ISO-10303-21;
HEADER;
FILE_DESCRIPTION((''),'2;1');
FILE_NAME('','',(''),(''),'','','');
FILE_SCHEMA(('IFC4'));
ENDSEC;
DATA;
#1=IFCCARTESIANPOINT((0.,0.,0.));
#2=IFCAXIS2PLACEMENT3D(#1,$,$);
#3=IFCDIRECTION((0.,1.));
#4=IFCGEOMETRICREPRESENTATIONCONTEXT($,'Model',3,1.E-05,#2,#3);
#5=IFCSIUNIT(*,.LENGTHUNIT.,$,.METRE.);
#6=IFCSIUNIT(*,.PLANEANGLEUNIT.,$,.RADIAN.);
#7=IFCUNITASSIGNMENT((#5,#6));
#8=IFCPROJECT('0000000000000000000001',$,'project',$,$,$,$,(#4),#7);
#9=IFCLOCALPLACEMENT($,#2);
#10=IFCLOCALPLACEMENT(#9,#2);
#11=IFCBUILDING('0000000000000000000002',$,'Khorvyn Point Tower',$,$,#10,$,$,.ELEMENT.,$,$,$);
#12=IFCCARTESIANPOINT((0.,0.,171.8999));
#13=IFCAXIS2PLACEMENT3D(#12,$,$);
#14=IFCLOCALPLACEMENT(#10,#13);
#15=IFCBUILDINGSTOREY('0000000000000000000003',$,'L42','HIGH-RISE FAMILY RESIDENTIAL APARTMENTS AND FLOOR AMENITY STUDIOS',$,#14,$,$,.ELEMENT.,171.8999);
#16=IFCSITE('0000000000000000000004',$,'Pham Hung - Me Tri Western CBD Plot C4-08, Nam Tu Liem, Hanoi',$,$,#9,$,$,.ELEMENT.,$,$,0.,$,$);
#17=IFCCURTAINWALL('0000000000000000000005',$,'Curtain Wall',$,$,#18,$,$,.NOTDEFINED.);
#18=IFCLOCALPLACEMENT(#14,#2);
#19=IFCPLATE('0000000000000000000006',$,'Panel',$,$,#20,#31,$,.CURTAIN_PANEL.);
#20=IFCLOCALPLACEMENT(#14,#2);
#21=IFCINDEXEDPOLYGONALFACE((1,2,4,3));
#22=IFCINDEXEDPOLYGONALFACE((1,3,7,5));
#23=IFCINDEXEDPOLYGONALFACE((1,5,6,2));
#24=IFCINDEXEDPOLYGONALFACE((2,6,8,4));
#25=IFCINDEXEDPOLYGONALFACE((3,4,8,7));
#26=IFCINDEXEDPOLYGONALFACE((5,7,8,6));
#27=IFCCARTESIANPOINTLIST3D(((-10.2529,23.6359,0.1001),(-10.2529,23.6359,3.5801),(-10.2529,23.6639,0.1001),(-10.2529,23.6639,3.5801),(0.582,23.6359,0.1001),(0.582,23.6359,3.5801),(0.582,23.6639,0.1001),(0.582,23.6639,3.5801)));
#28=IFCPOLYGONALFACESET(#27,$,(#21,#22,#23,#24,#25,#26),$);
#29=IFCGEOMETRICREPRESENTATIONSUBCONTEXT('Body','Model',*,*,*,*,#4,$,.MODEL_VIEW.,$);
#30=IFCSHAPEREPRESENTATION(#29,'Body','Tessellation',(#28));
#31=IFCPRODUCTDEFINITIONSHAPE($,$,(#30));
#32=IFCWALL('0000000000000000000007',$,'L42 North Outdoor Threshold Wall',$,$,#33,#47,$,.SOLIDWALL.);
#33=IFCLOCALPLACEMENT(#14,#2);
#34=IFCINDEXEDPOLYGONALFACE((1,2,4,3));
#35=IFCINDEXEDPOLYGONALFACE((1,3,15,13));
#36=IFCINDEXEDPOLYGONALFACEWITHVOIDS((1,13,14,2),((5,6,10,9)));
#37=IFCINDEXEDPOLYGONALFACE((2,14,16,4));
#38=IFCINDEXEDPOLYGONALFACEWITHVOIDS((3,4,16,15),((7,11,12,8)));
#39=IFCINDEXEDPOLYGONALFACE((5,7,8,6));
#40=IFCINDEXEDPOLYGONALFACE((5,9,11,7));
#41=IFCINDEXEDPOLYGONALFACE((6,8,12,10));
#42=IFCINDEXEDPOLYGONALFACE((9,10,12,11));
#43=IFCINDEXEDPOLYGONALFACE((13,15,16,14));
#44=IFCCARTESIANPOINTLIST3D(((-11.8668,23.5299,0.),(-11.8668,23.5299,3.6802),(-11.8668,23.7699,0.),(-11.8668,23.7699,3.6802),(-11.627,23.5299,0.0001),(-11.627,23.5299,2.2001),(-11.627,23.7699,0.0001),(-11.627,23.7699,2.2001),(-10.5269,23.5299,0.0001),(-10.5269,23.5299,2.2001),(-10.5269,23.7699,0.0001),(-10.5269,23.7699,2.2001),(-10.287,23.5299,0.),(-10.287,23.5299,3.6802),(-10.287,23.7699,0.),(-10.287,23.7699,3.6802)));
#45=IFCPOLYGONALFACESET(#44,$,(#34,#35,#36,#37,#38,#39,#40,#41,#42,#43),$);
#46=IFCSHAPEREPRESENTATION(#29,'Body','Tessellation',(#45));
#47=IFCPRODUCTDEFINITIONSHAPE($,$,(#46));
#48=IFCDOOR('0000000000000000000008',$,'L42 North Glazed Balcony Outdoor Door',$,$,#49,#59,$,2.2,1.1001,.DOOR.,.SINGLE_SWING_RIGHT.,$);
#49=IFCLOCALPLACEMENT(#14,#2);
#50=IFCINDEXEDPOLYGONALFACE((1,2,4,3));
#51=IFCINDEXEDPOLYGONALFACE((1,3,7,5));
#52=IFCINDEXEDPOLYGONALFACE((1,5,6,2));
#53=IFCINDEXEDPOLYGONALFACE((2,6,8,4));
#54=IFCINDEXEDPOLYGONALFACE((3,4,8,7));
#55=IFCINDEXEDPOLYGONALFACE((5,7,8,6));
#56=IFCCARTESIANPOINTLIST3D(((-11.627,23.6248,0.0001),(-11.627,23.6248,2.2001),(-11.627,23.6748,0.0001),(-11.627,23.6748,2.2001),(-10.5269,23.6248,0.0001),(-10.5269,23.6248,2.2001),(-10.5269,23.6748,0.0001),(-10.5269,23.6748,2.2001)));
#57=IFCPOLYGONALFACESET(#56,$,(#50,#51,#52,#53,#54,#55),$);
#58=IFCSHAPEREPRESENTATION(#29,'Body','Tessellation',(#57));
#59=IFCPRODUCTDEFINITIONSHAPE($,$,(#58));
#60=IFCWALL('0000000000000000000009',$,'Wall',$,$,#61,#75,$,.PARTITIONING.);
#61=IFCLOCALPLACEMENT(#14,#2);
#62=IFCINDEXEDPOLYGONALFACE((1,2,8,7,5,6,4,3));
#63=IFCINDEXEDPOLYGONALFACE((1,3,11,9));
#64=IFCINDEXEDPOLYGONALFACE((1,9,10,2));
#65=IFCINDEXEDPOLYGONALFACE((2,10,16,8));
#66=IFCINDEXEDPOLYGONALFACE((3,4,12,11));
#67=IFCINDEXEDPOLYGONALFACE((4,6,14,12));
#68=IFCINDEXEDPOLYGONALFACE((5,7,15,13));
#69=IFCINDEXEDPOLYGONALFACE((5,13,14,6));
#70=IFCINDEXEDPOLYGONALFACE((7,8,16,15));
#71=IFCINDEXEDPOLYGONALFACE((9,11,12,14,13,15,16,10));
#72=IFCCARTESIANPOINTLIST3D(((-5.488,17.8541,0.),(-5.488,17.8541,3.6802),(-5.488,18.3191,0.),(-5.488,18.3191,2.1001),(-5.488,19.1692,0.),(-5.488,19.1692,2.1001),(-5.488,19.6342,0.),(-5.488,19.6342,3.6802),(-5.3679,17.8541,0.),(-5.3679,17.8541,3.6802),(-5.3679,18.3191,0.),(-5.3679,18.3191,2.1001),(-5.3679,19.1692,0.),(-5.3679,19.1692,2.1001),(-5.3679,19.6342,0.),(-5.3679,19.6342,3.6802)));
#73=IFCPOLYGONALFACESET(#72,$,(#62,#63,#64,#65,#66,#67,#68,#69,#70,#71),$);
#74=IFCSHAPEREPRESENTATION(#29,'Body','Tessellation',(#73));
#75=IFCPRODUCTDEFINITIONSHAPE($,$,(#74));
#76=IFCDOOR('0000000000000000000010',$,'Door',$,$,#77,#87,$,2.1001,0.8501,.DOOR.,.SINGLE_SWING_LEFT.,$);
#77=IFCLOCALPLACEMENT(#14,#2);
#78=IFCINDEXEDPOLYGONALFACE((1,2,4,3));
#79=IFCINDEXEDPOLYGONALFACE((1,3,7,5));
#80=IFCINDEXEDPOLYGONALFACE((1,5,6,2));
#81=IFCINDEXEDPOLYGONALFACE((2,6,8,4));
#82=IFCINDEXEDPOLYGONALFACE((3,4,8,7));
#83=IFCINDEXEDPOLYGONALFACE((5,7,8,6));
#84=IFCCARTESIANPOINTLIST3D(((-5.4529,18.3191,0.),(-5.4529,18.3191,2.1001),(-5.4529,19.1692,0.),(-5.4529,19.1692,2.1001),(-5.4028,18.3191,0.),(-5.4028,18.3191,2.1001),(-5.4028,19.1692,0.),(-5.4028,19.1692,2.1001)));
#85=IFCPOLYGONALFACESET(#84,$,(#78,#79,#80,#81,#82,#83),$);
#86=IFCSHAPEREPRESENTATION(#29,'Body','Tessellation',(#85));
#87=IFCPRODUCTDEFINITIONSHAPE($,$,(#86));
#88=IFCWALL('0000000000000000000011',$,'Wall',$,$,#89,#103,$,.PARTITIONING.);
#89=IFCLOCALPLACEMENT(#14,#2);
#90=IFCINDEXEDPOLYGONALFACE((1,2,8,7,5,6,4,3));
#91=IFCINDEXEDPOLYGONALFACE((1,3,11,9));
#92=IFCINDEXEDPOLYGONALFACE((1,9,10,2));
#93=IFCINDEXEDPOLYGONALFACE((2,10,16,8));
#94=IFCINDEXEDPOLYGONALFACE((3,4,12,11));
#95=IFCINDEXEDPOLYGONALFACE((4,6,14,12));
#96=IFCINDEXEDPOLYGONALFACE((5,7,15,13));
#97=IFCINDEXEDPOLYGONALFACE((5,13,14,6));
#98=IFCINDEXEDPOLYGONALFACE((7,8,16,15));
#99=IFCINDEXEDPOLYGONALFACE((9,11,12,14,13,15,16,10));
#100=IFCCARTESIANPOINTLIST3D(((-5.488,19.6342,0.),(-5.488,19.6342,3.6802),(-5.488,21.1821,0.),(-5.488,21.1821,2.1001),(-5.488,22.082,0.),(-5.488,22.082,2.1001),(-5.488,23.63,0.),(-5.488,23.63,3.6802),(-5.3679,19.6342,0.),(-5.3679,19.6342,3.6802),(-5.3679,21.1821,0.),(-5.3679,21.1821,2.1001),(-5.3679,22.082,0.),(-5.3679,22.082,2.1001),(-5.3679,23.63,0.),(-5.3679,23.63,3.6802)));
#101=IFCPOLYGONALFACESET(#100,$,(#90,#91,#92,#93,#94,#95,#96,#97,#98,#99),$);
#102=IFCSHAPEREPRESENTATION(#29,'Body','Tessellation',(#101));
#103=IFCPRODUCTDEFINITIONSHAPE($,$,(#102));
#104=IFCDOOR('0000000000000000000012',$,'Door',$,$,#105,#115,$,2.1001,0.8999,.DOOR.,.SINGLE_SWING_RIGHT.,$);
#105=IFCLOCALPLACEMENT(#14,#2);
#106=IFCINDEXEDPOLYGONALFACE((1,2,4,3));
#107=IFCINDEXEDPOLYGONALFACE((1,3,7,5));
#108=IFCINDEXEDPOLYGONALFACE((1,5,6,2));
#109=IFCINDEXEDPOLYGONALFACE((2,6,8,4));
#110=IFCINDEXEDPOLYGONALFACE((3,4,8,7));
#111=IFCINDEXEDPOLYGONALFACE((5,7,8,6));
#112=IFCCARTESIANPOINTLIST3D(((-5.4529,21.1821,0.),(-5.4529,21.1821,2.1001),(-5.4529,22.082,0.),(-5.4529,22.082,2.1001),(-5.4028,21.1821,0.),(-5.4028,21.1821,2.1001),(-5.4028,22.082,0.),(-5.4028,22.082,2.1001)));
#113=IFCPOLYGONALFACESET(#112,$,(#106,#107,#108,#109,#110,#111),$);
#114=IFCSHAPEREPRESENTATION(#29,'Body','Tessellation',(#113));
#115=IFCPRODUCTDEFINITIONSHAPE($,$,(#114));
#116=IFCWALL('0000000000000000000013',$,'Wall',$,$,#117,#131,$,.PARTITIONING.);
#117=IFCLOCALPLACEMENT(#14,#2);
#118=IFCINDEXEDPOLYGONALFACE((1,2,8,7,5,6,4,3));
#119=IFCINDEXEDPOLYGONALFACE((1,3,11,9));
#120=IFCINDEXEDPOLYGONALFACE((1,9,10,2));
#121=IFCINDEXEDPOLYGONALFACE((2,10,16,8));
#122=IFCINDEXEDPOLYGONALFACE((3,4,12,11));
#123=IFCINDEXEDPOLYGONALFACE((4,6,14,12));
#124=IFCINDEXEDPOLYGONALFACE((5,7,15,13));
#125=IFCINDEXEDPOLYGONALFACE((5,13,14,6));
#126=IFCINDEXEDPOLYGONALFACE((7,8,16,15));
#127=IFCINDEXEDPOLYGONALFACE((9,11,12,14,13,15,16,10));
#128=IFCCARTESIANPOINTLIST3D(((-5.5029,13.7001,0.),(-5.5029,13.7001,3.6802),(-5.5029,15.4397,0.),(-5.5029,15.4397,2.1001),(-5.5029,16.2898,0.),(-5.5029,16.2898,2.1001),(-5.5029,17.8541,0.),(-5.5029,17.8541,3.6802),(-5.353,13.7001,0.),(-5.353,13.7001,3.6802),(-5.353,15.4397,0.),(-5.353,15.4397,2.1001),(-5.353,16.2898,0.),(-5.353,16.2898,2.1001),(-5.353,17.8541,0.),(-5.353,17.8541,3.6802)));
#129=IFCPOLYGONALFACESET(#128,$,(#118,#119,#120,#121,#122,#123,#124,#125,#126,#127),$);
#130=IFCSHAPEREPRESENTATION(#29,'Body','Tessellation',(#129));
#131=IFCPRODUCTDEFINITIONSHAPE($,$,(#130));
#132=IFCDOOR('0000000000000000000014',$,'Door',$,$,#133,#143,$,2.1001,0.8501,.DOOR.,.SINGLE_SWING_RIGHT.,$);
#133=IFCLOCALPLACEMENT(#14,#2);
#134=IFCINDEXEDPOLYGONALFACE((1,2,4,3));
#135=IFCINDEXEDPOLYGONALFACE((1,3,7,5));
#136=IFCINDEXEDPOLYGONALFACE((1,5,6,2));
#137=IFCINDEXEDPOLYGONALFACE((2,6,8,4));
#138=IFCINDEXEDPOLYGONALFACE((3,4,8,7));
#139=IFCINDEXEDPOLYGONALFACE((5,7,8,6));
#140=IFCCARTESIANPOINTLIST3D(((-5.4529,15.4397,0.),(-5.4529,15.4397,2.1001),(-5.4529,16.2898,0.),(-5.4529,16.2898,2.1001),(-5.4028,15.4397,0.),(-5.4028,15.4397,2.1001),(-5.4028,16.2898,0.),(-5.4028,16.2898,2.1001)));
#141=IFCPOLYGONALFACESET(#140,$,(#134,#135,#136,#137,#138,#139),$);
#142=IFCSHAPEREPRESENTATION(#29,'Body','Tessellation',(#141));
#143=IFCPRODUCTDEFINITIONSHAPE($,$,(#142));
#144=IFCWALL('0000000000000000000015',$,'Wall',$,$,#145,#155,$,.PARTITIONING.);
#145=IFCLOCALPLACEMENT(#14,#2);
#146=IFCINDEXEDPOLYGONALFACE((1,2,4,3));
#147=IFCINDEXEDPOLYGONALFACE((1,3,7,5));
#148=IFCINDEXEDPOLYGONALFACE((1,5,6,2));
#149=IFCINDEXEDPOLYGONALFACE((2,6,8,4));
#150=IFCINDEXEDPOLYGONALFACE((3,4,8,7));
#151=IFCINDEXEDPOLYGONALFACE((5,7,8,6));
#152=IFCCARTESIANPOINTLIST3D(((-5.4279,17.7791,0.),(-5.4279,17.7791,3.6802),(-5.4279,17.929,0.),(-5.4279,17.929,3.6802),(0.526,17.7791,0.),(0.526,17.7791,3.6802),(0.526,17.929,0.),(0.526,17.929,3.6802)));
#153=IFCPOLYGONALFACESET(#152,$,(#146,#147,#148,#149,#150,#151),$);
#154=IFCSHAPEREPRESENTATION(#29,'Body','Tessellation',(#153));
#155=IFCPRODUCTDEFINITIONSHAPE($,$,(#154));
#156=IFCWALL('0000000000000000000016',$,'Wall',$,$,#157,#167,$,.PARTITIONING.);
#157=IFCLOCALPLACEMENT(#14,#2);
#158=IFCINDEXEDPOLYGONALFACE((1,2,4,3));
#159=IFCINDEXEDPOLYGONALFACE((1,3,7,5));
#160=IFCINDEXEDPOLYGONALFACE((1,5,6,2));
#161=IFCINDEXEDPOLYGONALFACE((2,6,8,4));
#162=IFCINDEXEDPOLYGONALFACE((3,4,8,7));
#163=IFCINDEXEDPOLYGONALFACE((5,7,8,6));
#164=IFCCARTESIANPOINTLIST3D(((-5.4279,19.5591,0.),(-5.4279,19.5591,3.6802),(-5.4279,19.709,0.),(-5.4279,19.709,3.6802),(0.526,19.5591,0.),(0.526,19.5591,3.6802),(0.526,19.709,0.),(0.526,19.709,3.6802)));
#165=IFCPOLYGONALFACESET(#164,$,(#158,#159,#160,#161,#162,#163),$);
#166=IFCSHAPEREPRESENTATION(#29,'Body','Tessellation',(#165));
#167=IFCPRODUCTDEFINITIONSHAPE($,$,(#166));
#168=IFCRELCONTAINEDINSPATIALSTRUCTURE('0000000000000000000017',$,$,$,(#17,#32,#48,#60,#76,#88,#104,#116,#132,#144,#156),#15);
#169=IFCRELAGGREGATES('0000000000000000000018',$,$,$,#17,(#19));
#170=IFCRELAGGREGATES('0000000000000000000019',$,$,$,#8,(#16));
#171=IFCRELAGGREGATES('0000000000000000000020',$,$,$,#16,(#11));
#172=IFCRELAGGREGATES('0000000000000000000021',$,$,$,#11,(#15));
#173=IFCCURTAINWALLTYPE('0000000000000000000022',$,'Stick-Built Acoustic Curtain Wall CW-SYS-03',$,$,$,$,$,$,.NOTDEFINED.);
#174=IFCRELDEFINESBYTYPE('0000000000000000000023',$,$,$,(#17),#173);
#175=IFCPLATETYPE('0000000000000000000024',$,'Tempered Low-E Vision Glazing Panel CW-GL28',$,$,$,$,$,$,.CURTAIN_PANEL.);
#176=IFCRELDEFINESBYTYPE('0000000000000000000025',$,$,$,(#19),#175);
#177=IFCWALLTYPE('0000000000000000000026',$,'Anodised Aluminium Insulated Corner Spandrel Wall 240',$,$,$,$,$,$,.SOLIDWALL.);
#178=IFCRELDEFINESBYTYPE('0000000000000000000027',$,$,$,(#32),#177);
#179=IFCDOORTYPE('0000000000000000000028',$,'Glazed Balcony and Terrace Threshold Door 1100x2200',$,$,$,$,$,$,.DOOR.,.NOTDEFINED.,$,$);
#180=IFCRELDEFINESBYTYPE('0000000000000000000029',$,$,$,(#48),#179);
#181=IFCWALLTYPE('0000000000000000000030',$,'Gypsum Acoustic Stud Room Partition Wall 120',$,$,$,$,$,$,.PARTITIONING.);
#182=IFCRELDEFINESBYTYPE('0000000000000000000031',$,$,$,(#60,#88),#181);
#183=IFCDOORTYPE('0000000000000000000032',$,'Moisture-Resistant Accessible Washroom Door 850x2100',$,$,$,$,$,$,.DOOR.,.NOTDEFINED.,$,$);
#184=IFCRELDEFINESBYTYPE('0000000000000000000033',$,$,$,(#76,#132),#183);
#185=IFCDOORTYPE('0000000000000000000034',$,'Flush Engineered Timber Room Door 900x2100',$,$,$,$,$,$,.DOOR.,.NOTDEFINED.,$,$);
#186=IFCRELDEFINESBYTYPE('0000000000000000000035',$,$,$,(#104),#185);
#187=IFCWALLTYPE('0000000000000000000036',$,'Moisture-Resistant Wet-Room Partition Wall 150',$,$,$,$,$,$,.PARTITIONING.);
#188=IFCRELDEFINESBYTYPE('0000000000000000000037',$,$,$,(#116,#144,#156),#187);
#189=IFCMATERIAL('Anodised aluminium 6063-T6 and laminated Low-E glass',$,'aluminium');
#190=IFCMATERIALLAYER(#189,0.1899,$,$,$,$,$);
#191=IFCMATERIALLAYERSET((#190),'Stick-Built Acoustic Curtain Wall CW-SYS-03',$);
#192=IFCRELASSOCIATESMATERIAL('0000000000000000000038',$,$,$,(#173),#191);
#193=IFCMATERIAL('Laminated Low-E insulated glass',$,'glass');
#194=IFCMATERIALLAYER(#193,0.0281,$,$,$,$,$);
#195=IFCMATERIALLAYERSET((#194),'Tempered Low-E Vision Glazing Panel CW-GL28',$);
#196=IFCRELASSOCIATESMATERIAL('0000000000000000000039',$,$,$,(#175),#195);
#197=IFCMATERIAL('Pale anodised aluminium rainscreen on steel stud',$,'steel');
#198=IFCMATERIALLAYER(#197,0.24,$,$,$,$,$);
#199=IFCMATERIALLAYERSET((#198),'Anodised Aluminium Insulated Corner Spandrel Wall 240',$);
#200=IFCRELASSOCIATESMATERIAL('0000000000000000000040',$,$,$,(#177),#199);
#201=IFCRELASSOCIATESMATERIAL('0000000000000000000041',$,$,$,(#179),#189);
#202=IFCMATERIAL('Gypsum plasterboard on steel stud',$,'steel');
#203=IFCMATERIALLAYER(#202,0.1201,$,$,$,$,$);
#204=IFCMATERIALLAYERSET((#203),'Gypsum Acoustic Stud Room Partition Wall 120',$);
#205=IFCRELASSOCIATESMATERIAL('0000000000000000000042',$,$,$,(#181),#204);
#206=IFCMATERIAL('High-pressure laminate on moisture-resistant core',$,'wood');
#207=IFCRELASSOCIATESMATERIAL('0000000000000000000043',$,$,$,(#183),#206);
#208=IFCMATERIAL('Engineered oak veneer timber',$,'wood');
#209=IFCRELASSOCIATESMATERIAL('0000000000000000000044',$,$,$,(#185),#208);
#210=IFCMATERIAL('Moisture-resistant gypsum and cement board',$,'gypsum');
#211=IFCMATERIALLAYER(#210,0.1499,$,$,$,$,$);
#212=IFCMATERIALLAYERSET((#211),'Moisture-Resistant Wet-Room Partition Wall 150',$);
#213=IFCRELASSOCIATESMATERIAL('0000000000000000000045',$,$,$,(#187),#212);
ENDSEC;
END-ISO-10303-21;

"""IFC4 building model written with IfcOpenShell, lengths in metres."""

from ifc_helpers import new_model, si_unit, direction, frame, frame_2d, origin, origin_2d, place, context, subcontext, project, spatial, rectangle, extrude, material, layer, layer_set, type_object, element, fill, aggregate, save


model = new_model("IFC4")

# Units and contexts
model_context = context("Model", 3, precision=1e-05, world=origin(), true_north=direction((0.0, 1.0)))
body_context = subcontext(model_context, "Body", "Model", "MODEL_VIEW")
ifc_project = project(units=[si_unit("LENGTHUNIT", "METRE"), si_unit("PLANEANGLEUNIT", "RADIAN")], contexts=[model_context])

# Site, building, storey
site_placement = place(None, origin())
site = spatial("IfcSite", under=ifc_project, at=site_placement, Name="Pham Hung - Me Tri Western CBD Plot C4-08, Nam Tu Liem, Hanoi", CompositionType="ELEMENT", RefElevation=0.0)
building_placement = place(site_placement, origin())
building = spatial("IfcBuilding", under=site, at=building_placement, Name="Khorvyn Point Tower", CompositionType="ELEMENT")
storey_placement = place(building_placement, frame((0.0, 0.0, 171.8999)))
storey = spatial("IfcBuildingStorey", under=building, at=storey_placement, Name="L42", Description="HIGH-RISE FAMILY RESIDENTIAL APARTMENTS AND FLOOR AMENITY STUDIOS", CompositionType="ELEMENT", Elevation=171.8999)

# Shared definitions
ifc_material_1 = material(Name="Anodised aluminium 6063-T6 and laminated Low-E glass", Category="aluminium")
ifc_layer_1 = layer(ifc_material_1, 0.1899)
ifc_layer_set_1 = layer_set([ifc_layer_1], Name="Stick-Built Acoustic Curtain Wall CW-SYS-03")
curtain_wall_type = type_object("IfcCurtainWallType", Name="Stick-Built Acoustic Curtain Wall CW-SYS-03", PredefinedType="NOTDEFINED", material=ifc_layer_set_1)

# Curtain wall
curtain_wall_1_placement = place(storey_placement, origin())
curtain_wall_1 = element("IfcCurtainWall", 1, at=curtain_wall_1_placement, inside=storey, type_object=curtain_wall_type, Name="Curtain Wall", PredefinedType="NOTDEFINED")

# Plate
ifc_material_2 = material(Name="Laminated Low-E insulated glass", Category="glass")
ifc_layer_2 = layer(ifc_material_2, 0.0281)
ifc_layer_set_2 = layer_set([ifc_layer_2], Name="Tempered Low-E Vision Glazing Panel CW-GL28")
plate_type = type_object("IfcPlateType", Name="Tempered Low-E Vision Glazing Panel CW-GL28", PredefinedType="CURTAIN_PANEL", material=ifc_layer_set_2)
plate_1_placement = place(storey_placement, frame((-4.8354, 23.6499, 0.1001), z_axis=(0.0, 0.0, 1.0), x_axis=(1.0, 0.0, 0.0)))
plate_1 = element("IfcPlate", 2, at=plate_1_placement, type_object=plate_type, Name="Panel", PredefinedType="CURTAIN_PANEL", context=body_context, shape_type="SweptSolid", body=[
    extrude(rectangle(XDim=10.835, YDim=0.0281, at=origin_2d()), origin(), (0.0, 0.0, 1.0), 3.48),
])
aggregate(curtain_wall_1, [plate_1])

# Walls, openings, doors
ifc_material_3 = material(Name="Pale anodised aluminium rainscreen on steel stud", Category="steel")
ifc_layer_3 = layer(ifc_material_3, 0.24)
ifc_layer_set_3 = layer_set([ifc_layer_3], Name="Anodised Aluminium Insulated Corner Spandrel Wall 240")
wall_type_1 = type_object("IfcWallType", Name="Anodised Aluminium Insulated Corner Spandrel Wall 240", PredefinedType="SOLIDWALL", material=ifc_layer_set_3)
wall_1_placement = place(storey_placement, frame((-11.8669, 23.6499, 0.0), z_axis=(0.0, 0.0, 1.0), x_axis=(1.0, 0.0, 0.0)))
wall_1 = element("IfcWall", 3, at=wall_1_placement, inside=storey, type_object=wall_type_1, Name="L42 North Outdoor Threshold Wall", PredefinedType="SOLIDWALL", context=body_context, shape_type="SweptSolid", body=[
    extrude(rectangle(XDim=1.5798, YDim=0.24, at=frame_2d((0.79, 0.0))), origin(), (0.0, 0.0, 1.0), 3.6802),
])
opening_1_placement = place(wall_1_placement, frame((0.24, 0.0, 0.0)))
opening_1 = element("IfcOpeningElement", 4, at=opening_1_placement, cuts=wall_1, PredefinedType="OPENING", context=body_context, shape_type="SweptSolid", body=[
    extrude(rectangle(XDim=1.1001, YDim=2.2, at=frame_2d((0.55, 1.1001))), frame((0.0, 0.1299, 0.0), z_axis=(0.0, -1.0, 0.0), x_axis=(1.0, 0.0, 0.0)), (0.0, 0.0, 1.0), 0.26),
])
door_type_1 = type_object("IfcDoorType", Name="Glazed Balcony and Terrace Threshold Door 1100x2200", OperationType="NOTDEFINED", PredefinedType="DOOR", material=ifc_material_1)
door_1_placement = place(opening_1_placement, origin())
door_1 = element("IfcDoor", 5, at=door_1_placement, inside=storey, type_object=door_type_1, Name="L42 North Glazed Balcony Outdoor Door", OperationType="SINGLE_SWING_RIGHT", OverallHeight=2.2, OverallWidth=1.1001, PredefinedType="DOOR", context=body_context, shape_type="SweptSolid", body=[
    extrude(rectangle(XDim=1.1001, YDim=2.2, at=frame_2d((0.55, 1.1001))), frame((0.0, 0.0249, 0.0), z_axis=(0.0, -1.0, 0.0), x_axis=(1.0, 0.0, 0.0)), (0.0, 0.0, 1.0), 0.05),
])
fill(opening_1, door_1)
ifc_material_4 = material(Name="Gypsum plasterboard on steel stud", Category="steel")
ifc_layer_4 = layer(ifc_material_4, 0.1201)
ifc_layer_set_4 = layer_set([ifc_layer_4], Name="Gypsum Acoustic Stud Room Partition Wall 120")
wall_type_2 = type_object("IfcWallType", Name="Gypsum Acoustic Stud Room Partition Wall 120", PredefinedType="PARTITIONING", material=ifc_layer_set_4)
wall_2_placement = place(storey_placement, frame((-5.428, 17.854, 0.0), z_axis=(0.0, 0.0, 1.0), x_axis=(0.0, 1.0, 0.0)))
wall_2 = element("IfcWall", 6, at=wall_2_placement, inside=storey, type_object=wall_type_2, Name="Wall", PredefinedType="PARTITIONING", context=body_context, shape_type="SweptSolid", body=[
    extrude(rectangle(XDim=1.78, YDim=0.1201, at=frame_2d((0.8901, 0.0))), origin(), (0.0, 0.0, 1.0), 3.6802),
])
opening_2_placement = place(wall_2_placement, frame((0.4651, 0.0, 0.0)))
opening_2 = element("IfcOpeningElement", 7, at=opening_2_placement, cuts=wall_2, PredefinedType="OPENING", context=body_context, shape_type="SweptSolid", body=[
    extrude(rectangle(XDim=0.8501, YDim=2.1001, at=frame_2d((0.425, 1.05))), frame((0.0, 0.0701, 0.0), z_axis=(0.0, -1.0, 0.0), x_axis=(1.0, 0.0, 0.0)), (0.0, 0.0, 1.0), 0.1401),
])
ifc_material_5 = material(Name="High-pressure laminate on moisture-resistant core", Category="wood")
door_type_2 = type_object("IfcDoorType", Name="Moisture-Resistant Accessible Washroom Door 850x2100", OperationType="NOTDEFINED", PredefinedType="DOOR", material=ifc_material_5)
door_2_placement = place(opening_2_placement, origin())
door_2 = element("IfcDoor", 8, at=door_2_placement, inside=storey, type_object=door_type_2, Name="Door", OperationType="SINGLE_SWING_LEFT", OverallHeight=2.1001, OverallWidth=0.8501, PredefinedType="DOOR", context=body_context, shape_type="SweptSolid", body=[
    extrude(rectangle(XDim=0.8501, YDim=2.1001, at=frame_2d((0.425, 1.05))), frame((0.0, 0.0249, 0.0), z_axis=(0.0, -1.0, 0.0), x_axis=(1.0, 0.0, 0.0)), (0.0, 0.0, 1.0), 0.05),
])
fill(opening_2, door_2)
wall_3_placement = place(storey_placement, frame((-5.428, 19.634, 0.0), z_axis=(0.0, 0.0, 1.0), x_axis=(0.0, 1.0, 0.0)))
wall_3 = element("IfcWall", 9, at=wall_3_placement, inside=storey, type_object=wall_type_2, Name="Wall", PredefinedType="PARTITIONING", context=body_context, shape_type="SweptSolid", body=[
    extrude(rectangle(XDim=3.9958, YDim=0.1201, at=frame_2d((1.998, 0.0))), origin(), (0.0, 0.0, 1.0), 3.6802),
])
opening_3_placement = place(wall_3_placement, frame((1.5481, 0.0, 0.0)))
opening_3 = element("IfcOpeningElement", 10, at=opening_3_placement, cuts=wall_3, PredefinedType="OPENING", context=body_context, shape_type="SweptSolid", body=[
    extrude(rectangle(XDim=0.8999, YDim=2.1001, at=frame_2d((0.45, 1.05))), frame((0.0, 0.0701, 0.0), z_axis=(0.0, -1.0, 0.0), x_axis=(1.0, 0.0, 0.0)), (0.0, 0.0, 1.0), 0.1401),
])
ifc_material_6 = material(Name="Engineered oak veneer timber", Category="wood")
door_type_3 = type_object("IfcDoorType", Name="Flush Engineered Timber Room Door 900x2100", OperationType="NOTDEFINED", PredefinedType="DOOR", material=ifc_material_6)
door_3_placement = place(opening_3_placement, origin())
door_3 = element("IfcDoor", 11, at=door_3_placement, inside=storey, type_object=door_type_3, Name="Door", OperationType="SINGLE_SWING_RIGHT", OverallHeight=2.1001, OverallWidth=0.8999, PredefinedType="DOOR", context=body_context, shape_type="SweptSolid", body=[
    extrude(rectangle(XDim=0.8999, YDim=2.1001, at=frame_2d((0.45, 1.05))), frame((0.0, 0.0249, 0.0), z_axis=(0.0, -1.0, 0.0), x_axis=(1.0, 0.0, 0.0)), (0.0, 0.0, 1.0), 0.05),
])
fill(opening_3, door_3)
ifc_material_7 = material(Name="Moisture-resistant gypsum and cement board", Category="gypsum")
ifc_layer_5 = layer(ifc_material_7, 0.1499)
ifc_layer_set_5 = layer_set([ifc_layer_5], Name="Moisture-Resistant Wet-Room Partition Wall 150")
wall_type_3 = type_object("IfcWallType", Name="Moisture-Resistant Wet-Room Partition Wall 150", PredefinedType="PARTITIONING", material=ifc_layer_set_5)
wall_4_placement = place(storey_placement, frame((-5.428, 13.7, 0.0), z_axis=(0.0, 0.0, 1.0), x_axis=(0.0, 1.0, 0.0)))
wall_4 = element("IfcWall", 12, at=wall_4_placement, inside=storey, type_object=wall_type_3, Name="Wall", PredefinedType="PARTITIONING", context=body_context, shape_type="SweptSolid", body=[
    extrude(rectangle(XDim=4.1541, YDim=0.1499, at=frame_2d((2.0771, 0.0))), origin(), (0.0, 0.0, 1.0), 3.6802),
])
opening_4_placement = place(wall_4_placement, frame((1.7397, 0.0, 0.0)))
opening_4 = element("IfcOpeningElement", 13, at=opening_4_placement, cuts=wall_4, PredefinedType="OPENING", context=body_context, shape_type="SweptSolid", body=[
    extrude(rectangle(XDim=0.8501, YDim=2.1001, at=frame_2d((0.425, 1.05))), frame((0.0, 0.085, 0.0), z_axis=(0.0, -1.0, 0.0), x_axis=(1.0, 0.0, 0.0)), (0.0, 0.0, 1.0), 0.1699),
])
door_4_placement = place(opening_4_placement, origin())
door_4 = element("IfcDoor", 14, at=door_4_placement, inside=storey, type_object=door_type_2, Name="Door", OperationType="SINGLE_SWING_RIGHT", OverallHeight=2.1001, OverallWidth=0.8501, PredefinedType="DOOR", context=body_context, shape_type="SweptSolid", body=[
    extrude(rectangle(XDim=0.8501, YDim=2.1001, at=frame_2d((0.425, 1.05))), frame((0.0, 0.0249, 0.0), z_axis=(0.0, -1.0, 0.0), x_axis=(1.0, 0.0, 0.0)), (0.0, 0.0, 1.0), 0.05),
])
fill(opening_4, door_4)

# Walls
for number, where, z_axis, x_axis, name in (
    (15, (-5.428, 17.854, 0.0), (0.0, 0.0, 1.0), (1.0, 0.0, 0.0), "Wall"),
    (16, (-5.428, 19.634, 0.0), (0.0, 0.0, 1.0), (1.0, 0.0, 0.0), "Wall"),
):
    element("IfcWall", number, at=place(storey_placement, frame(where, z_axis=z_axis, x_axis=x_axis)), inside=storey, type_object=wall_type_3, Name=name, PredefinedType="PARTITIONING", context=body_context, shape_type="SweptSolid", body=[
        extrude(rectangle(XDim=5.9539, YDim=0.1499, at=frame_2d((2.9771, 0.0))), origin(), (0.0, 0.0, 1.0), 3.6802),
    ])

save(model, "model.ifc")
